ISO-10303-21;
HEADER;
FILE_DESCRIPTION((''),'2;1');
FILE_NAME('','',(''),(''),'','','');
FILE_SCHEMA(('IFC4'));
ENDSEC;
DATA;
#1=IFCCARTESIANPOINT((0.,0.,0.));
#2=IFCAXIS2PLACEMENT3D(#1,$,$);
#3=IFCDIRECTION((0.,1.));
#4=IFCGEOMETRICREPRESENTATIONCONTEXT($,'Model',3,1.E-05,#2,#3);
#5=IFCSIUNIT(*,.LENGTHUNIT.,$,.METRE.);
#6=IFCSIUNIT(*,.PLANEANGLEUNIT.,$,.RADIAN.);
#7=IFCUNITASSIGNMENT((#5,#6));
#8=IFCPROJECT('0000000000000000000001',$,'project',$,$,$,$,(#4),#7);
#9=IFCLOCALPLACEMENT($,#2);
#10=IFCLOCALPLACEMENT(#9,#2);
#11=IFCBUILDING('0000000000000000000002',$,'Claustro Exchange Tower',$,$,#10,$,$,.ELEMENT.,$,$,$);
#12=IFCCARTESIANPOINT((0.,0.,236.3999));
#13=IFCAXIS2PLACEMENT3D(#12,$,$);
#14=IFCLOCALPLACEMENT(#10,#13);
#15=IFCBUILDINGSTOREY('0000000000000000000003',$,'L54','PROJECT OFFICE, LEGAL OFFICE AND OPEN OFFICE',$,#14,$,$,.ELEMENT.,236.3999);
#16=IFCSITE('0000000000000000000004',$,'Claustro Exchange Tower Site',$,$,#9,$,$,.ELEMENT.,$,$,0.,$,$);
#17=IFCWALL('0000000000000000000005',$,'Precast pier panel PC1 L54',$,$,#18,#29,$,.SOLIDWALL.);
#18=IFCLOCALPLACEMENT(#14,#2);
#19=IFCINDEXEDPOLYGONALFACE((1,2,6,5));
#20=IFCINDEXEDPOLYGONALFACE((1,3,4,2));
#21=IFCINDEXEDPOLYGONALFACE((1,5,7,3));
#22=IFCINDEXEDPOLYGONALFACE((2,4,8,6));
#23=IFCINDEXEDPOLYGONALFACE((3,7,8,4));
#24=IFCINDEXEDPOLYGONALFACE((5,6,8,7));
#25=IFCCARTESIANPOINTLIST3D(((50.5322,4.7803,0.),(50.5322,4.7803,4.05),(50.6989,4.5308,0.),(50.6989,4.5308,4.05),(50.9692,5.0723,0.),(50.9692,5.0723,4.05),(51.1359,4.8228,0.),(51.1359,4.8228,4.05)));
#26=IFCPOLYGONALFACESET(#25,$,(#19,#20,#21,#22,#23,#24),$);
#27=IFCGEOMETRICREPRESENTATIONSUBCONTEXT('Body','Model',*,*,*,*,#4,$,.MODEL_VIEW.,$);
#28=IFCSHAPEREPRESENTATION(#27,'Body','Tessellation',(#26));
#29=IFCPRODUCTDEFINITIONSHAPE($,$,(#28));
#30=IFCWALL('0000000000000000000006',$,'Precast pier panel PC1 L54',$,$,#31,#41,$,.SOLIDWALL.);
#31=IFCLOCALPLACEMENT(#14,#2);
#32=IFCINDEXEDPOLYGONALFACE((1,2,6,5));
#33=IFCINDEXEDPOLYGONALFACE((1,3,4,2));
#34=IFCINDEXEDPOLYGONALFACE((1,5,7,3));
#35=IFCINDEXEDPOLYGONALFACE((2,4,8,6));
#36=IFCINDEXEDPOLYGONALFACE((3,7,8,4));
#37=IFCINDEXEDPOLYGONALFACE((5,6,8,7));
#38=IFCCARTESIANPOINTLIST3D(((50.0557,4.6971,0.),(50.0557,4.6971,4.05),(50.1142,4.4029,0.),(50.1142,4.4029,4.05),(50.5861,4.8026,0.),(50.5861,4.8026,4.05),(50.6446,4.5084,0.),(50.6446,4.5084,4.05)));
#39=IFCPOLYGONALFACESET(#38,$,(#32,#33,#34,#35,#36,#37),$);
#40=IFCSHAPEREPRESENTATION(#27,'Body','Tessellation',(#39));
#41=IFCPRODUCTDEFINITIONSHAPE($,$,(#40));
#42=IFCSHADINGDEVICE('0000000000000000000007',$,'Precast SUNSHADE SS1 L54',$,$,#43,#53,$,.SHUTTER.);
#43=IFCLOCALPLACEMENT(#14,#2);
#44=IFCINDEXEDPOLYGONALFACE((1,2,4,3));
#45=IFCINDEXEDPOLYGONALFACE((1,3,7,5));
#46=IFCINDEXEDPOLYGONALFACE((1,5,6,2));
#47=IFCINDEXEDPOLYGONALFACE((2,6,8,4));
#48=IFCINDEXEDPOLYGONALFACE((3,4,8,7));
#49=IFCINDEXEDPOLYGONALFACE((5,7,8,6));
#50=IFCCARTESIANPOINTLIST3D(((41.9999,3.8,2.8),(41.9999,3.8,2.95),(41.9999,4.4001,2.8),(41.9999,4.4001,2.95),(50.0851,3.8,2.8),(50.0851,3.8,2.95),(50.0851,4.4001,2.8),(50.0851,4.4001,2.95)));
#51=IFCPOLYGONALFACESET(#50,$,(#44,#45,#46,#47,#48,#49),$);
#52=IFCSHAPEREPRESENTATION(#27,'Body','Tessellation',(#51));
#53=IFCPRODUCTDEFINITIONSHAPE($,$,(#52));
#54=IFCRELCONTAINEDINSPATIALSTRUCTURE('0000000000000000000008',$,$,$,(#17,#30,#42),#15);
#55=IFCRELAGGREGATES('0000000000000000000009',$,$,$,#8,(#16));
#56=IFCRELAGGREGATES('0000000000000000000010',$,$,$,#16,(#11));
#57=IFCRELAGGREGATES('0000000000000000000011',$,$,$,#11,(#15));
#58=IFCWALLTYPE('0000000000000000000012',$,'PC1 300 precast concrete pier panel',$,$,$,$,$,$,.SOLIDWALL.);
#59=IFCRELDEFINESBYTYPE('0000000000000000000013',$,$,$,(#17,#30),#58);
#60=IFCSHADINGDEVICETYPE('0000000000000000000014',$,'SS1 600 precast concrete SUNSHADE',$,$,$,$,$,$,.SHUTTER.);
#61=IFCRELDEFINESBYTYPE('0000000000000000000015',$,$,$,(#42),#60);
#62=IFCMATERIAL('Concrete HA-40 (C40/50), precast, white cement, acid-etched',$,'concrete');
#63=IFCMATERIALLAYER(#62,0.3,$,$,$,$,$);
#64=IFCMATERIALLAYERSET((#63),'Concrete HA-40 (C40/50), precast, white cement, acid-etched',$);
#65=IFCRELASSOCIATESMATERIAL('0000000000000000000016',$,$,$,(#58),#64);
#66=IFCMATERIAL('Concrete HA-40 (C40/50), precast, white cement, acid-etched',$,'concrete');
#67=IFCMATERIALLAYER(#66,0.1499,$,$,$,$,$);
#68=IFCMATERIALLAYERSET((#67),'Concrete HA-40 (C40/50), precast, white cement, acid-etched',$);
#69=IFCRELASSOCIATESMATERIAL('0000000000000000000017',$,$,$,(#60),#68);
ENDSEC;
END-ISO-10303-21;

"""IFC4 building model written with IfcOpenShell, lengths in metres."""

from ifc_helpers import new_model, si_unit, direction, frame, frame_2d, origin, origin_2d, place, context, subcontext, project, spatial, rectangle, extrude, material, layer, layer_set, type_object, element, save


model = new_model("IFC4")

# Units and contexts
model_context = context("Model", 3, precision=1e-05, world=origin(), true_north=direction((0.0, 1.0)))
body_context = subcontext(model_context, "Body", "Model", "MODEL_VIEW")
ifc_project = project(units=[si_unit("LENGTHUNIT", "METRE"), si_unit("PLANEANGLEUNIT", "RADIAN")], contexts=[model_context])

# Site, building, storey
site_placement = place(None, origin())
site = spatial("IfcSite", under=ifc_project, at=site_placement, Name="Claustro Exchange Tower Site", CompositionType="ELEMENT", RefElevation=0.0)
building_placement = place(site_placement, origin())
building = spatial("IfcBuilding", under=site, at=building_placement, Name="Claustro Exchange Tower", CompositionType="ELEMENT")
storey_placement = place(building_placement, frame((0.0, 0.0, 236.3999)))
storey = spatial("IfcBuildingStorey", under=building, at=storey_placement, Name="L54", Description="PROJECT OFFICE, LEGAL OFFICE AND OPEN OFFICE", CompositionType="ELEMENT", Elevation=236.3999)

# Shared definitions
ifc_material_1 = material(Name="Concrete HA-40 (C40/50), precast, white cement, acid-etched", Category="concrete")
ifc_layer_1 = layer(ifc_material_1, 0.3)
ifc_layer_set_1 = layer_set([ifc_layer_1], Name="Concrete HA-40 (C40/50), precast, white cement, acid-etched")
wall_type_1 = type_object("IfcWallType", Name="PC1 300 precast concrete pier panel", PredefinedType="SOLIDWALL", material=ifc_layer_set_1)

# Walls
for number, where, z_axis, x_axis, name in (
    (1, (51.0525, 4.9475, 0.0), (0.0, 0.0, 1.0), (-0.831478, -0.555557, 0.0), "Precast pier panel PC1 L54"),
):
    element("IfcWall", number, at=place(storey_placement, frame(where, z_axis=z_axis, x_axis=x_axis)), inside=storey, type_object=wall_type_1, Name=name, PredefinedType="SOLIDWALL", context=body_context, shape_type="SweptSolid", body=[
        extrude(rectangle(XDim=0.5256, YDim=0.3, at=frame_2d((0.2627, 0.0))), origin(), (0.0, 0.0, 1.0), 4.05),
    ])
wall_1_placement = place(storey_placement, frame((50.6155, 4.6555, 0.0), z_axis=(0.0, 0.0, 1.0), x_axis=(-0.980789, -0.195074, 0.0)))
element("IfcWall", 2, at=wall_1_placement, inside=storey, type_object=wall_type_1, Name="Precast pier panel PC1 L54", PredefinedType="SOLIDWALL", context=body_context, shape_type="SweptSolid", body=[
    extrude(rectangle(XDim=0.5408, YDim=0.3, at=frame_2d((0.2705, 0.0))), origin(), (0.0, 0.0, 1.0), 4.05),
])

# Shading device
ifc_material_2 = material(Name="Concrete HA-40 (C40/50), precast, white cement, acid-etched", Category="concrete")
ifc_layer_2 = layer(ifc_material_2, 0.1499)
ifc_layer_set_2 = layer_set([ifc_layer_2], Name="Concrete HA-40 (C40/50), precast, white cement, acid-etched")
shading_device_type = type_object("IfcShadingDeviceType", Name="SS1 600 precast concrete SUNSHADE", PredefinedType="SHUTTER", material=ifc_layer_set_2)
shading_device_placement = place(storey_placement, frame((46.0425, 4.1001, 2.8), z_axis=(0.0, 0.0, 1.0), x_axis=(-1.0, 0.0, 0.0)))
element("IfcShadingDevice", 3, at=shading_device_placement, inside=storey, type_object=shading_device_type, Name="Precast SUNSHADE SS1 L54", PredefinedType="SHUTTER", context=body_context, shape_type="SweptSolid", body=[
    extrude(rectangle(XDim=8.0852, YDim=0.6001, at=origin_2d()), origin(), (0.0, 0.0, 1.0), 0.1499),
])

save(model, "model.ifc")
